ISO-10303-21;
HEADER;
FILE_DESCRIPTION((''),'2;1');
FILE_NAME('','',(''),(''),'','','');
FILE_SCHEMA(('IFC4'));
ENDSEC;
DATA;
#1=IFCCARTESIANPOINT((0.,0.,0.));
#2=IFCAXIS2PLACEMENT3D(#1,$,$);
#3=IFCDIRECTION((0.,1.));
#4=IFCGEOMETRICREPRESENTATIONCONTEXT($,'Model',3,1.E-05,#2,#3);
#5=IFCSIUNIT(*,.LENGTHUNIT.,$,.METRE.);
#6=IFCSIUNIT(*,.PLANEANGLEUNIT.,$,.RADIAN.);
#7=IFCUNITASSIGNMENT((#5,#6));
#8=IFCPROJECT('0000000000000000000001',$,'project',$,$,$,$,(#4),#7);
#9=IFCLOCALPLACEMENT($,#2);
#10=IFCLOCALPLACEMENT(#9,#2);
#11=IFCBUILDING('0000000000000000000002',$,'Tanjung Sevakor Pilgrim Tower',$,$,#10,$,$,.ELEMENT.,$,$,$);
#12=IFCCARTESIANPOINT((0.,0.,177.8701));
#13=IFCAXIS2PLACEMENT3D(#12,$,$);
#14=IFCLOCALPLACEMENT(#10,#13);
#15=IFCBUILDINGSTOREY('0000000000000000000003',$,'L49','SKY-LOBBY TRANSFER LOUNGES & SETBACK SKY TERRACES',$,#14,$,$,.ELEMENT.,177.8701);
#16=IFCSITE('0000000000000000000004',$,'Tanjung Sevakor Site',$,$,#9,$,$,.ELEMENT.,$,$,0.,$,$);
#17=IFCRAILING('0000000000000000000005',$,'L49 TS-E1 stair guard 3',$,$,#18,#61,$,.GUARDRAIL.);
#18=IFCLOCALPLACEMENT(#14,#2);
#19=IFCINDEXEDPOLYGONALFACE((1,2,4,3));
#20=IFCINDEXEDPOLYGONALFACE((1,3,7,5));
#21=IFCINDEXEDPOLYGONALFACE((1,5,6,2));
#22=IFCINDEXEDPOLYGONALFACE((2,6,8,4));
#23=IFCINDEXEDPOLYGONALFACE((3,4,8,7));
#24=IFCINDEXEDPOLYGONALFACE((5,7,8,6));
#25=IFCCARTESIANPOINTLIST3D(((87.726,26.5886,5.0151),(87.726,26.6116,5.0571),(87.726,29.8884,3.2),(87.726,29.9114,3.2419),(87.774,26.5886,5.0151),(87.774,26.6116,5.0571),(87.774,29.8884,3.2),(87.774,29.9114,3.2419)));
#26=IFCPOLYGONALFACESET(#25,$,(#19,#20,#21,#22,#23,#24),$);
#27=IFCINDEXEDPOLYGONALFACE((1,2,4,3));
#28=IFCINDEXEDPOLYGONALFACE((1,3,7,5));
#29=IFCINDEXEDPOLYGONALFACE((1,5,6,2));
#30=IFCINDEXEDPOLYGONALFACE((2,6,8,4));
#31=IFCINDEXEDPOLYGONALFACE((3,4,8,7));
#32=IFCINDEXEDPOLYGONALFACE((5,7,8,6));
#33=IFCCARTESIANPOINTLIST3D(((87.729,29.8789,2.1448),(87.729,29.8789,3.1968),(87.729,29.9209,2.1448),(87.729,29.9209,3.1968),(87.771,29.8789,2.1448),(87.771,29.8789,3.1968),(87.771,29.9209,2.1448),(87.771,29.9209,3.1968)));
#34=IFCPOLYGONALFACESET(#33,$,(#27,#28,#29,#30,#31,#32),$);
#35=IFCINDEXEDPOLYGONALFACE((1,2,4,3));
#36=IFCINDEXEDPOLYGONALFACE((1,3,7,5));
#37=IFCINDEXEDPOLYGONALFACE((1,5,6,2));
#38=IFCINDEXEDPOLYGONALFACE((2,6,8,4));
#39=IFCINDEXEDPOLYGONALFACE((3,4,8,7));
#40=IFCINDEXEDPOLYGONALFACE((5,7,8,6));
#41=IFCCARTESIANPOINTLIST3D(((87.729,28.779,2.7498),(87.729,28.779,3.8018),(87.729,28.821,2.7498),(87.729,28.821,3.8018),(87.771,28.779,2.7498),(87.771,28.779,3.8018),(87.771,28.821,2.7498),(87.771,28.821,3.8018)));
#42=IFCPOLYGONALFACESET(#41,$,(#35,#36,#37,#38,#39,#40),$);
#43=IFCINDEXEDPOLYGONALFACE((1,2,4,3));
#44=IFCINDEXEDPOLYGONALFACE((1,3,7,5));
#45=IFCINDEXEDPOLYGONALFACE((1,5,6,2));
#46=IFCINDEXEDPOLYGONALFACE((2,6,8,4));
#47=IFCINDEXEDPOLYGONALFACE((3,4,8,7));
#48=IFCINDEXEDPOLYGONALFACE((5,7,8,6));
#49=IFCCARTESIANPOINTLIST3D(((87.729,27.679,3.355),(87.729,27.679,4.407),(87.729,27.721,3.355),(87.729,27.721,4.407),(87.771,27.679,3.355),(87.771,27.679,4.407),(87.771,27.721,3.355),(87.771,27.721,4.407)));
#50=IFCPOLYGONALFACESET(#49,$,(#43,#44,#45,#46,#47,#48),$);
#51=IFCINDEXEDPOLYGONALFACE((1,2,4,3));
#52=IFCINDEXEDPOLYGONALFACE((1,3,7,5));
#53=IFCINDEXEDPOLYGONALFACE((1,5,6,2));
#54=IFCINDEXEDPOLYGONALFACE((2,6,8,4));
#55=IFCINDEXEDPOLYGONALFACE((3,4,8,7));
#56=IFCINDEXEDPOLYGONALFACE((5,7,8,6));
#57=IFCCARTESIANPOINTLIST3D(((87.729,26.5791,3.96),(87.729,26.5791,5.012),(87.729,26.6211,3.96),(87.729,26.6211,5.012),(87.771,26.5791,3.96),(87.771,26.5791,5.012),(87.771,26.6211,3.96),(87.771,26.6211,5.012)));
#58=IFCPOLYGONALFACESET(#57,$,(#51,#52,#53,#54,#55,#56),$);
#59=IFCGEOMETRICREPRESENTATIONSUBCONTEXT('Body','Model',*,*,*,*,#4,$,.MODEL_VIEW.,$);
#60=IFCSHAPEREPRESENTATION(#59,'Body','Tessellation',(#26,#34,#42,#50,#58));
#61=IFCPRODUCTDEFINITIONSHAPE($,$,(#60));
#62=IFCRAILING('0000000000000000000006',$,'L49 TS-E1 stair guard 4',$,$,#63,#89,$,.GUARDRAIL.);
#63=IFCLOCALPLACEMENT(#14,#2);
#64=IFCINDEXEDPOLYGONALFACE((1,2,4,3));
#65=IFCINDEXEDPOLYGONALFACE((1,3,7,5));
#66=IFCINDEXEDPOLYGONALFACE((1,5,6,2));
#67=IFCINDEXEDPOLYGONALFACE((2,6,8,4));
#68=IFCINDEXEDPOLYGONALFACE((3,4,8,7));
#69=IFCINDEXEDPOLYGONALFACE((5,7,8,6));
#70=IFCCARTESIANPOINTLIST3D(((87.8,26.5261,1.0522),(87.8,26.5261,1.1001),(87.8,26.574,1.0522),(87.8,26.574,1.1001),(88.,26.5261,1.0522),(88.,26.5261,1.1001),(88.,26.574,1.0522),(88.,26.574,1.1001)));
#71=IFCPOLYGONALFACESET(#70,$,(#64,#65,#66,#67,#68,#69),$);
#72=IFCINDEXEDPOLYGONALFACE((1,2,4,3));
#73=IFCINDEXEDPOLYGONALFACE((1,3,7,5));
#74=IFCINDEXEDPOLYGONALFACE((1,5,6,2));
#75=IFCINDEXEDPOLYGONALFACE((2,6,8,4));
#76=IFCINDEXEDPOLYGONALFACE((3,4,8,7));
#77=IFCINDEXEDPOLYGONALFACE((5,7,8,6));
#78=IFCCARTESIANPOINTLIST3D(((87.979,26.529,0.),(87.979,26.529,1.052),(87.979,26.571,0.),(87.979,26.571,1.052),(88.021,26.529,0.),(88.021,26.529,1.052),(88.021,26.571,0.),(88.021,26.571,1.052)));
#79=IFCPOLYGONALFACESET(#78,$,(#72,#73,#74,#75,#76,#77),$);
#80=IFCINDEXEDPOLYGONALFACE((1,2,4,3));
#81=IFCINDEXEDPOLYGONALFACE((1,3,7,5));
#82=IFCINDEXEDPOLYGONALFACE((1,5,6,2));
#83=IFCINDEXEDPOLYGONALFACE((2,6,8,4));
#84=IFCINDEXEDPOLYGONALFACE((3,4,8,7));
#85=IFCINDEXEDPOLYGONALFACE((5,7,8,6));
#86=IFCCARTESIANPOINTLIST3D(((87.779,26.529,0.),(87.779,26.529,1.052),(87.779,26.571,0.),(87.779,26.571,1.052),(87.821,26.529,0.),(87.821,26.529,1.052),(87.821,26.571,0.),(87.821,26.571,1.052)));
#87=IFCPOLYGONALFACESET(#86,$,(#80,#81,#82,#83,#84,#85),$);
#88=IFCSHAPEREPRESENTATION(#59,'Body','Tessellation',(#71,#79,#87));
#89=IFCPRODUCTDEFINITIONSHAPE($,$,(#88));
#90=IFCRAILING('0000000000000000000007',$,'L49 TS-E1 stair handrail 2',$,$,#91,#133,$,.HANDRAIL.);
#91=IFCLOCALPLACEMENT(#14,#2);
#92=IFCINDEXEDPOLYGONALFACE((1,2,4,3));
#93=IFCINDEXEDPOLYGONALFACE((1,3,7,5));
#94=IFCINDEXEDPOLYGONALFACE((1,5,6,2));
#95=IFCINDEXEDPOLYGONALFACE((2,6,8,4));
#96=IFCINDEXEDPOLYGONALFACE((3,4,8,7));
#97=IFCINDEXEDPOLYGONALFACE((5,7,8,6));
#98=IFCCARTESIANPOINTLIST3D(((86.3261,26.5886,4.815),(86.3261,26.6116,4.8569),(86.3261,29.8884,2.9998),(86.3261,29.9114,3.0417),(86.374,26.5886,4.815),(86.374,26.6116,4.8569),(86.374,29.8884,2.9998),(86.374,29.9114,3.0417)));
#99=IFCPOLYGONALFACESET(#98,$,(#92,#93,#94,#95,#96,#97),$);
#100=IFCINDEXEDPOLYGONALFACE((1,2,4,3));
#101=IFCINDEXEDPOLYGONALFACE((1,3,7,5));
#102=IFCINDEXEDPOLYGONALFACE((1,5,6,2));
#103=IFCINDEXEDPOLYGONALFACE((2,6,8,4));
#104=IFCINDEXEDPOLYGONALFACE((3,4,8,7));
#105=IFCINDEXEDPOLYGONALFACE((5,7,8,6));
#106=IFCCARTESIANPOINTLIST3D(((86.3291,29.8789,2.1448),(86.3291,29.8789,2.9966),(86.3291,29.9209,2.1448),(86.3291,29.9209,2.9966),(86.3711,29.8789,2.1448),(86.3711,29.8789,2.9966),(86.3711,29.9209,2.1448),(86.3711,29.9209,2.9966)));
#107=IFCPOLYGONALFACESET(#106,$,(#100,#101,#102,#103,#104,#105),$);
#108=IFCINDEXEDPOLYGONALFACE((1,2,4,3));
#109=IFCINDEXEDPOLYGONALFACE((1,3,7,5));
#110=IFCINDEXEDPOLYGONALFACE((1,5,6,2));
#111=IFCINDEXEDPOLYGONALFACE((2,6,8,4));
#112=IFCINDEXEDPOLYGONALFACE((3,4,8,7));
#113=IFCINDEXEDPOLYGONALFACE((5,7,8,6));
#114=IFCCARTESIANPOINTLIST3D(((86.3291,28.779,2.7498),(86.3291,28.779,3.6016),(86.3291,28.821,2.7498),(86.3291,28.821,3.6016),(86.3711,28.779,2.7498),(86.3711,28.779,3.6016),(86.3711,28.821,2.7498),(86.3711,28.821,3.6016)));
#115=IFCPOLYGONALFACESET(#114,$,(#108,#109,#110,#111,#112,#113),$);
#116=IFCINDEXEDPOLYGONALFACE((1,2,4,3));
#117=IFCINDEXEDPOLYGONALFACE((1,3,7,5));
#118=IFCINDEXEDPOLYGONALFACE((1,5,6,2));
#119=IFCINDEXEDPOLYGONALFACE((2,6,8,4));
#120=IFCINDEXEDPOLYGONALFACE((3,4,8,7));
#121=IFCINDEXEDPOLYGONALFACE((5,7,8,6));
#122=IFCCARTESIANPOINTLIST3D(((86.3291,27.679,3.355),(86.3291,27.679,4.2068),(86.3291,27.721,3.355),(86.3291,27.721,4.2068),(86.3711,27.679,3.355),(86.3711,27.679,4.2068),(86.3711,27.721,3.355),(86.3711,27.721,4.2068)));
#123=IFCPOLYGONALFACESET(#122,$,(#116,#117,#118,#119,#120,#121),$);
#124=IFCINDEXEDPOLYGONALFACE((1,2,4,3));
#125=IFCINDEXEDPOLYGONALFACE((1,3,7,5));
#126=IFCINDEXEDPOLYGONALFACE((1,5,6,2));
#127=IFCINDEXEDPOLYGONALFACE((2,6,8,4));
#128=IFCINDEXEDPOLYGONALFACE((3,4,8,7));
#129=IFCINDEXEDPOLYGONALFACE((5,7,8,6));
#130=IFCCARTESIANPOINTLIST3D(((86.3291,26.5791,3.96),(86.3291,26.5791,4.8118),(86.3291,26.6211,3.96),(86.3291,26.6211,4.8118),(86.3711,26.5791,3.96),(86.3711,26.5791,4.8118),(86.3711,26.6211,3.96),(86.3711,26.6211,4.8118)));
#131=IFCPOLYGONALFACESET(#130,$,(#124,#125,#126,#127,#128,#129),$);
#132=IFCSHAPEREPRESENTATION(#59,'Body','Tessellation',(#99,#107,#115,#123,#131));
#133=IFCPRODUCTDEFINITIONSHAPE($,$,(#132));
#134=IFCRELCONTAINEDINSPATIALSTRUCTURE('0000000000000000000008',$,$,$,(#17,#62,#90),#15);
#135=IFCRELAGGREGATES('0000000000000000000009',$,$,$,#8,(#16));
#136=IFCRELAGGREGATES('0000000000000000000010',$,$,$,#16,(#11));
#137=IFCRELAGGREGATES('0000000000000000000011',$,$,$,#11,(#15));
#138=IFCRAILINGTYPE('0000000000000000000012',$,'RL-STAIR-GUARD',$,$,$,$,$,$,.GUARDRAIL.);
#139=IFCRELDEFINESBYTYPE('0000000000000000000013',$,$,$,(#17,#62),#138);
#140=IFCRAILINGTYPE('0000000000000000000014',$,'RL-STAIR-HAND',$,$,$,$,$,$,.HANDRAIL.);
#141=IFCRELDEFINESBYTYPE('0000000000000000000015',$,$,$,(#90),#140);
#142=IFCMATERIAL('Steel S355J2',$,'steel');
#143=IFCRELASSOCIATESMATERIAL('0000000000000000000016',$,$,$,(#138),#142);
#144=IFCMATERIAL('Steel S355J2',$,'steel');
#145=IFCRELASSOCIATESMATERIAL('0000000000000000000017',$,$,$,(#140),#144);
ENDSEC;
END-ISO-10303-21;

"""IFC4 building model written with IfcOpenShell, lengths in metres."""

from ifc_helpers import new_model, si_unit, direction, frame, origin, place, context, subcontext, project, spatial, rectangle, extrude, material, type_object, element, save


model = new_model("IFC4")

# Units and contexts
model_context = context("Model", 3, precision=1e-05, world=origin(), true_north=direction((0.0, 1.0)))
body_context = subcontext(model_context, "Body", "Model", "MODEL_VIEW")
ifc_project = project(units=[si_unit("LENGTHUNIT", "METRE"), si_unit("PLANEANGLEUNIT", "RADIAN")], contexts=[model_context])

# Site, building, storey
site_placement = place(None, origin())
site = spatial("IfcSite", under=ifc_project, at=site_placement, Name="Tanjung Sevakor Site", CompositionType="ELEMENT", RefElevation=0.0)
building_placement = place(site_placement, origin())
building = spatial("IfcBuilding", under=site, at=building_placement, Name="Tanjung Sevakor Pilgrim Tower", CompositionType="ELEMENT")
storey_placement = place(building_placement, frame((0.0, 0.0, 177.8701)))
storey = spatial("IfcBuildingStorey", under=building, at=storey_placement, Name="L49", Description="SKY-LOBBY TRANSFER LOUNGES & SETBACK SKY TERRACES", CompositionType="ELEMENT", Elevation=177.8701)

# Railings
ifc_material_1 = material(Name="Steel S355J2", Category="steel")
railing_type_1 = type_object("IfcRailingType", Name="RL-STAIR-GUARD", PredefinedType="GUARDRAIL", material=ifc_material_1)
railing_1_placement = place(storey_placement, frame((87.75, 29.8999, 2.1448)))
element("IfcRailing", 1, at=railing_1_placement, inside=storey, type_object=railing_type_1, Name="L49 TS-E1 stair guard 3", PredefinedType="GUARDRAIL", context=body_context, shape_type="SweptSolid", body=[
    extrude(rectangle(XDim=0.0479, YDim=0.0479), frame((0.0, 0.0, 1.0762), z_axis=(0.0, -0.876183, 0.481978), x_axis=(1.0, 0.0, 0.0)), (0.0, 0.0, 1.0), 3.7661),
    extrude(rectangle(XDim=0.042, YDim=0.042), origin(), (0.0, 0.0, 1.0), 1.052),
    extrude(rectangle(XDim=0.042, YDim=0.042), frame((0.0, -1.0999, 0.605)), (0.0, 0.0, 1.0), 1.052),
    extrude(rectangle(XDim=0.042, YDim=0.042), frame((0.0, -2.2, 1.2102)), (0.0, 0.0, 1.0), 1.052),
    extrude(rectangle(XDim=0.042, YDim=0.042), frame((0.0, -3.2998, 1.8152)), (0.0, 0.0, 1.0), 1.052),
])
railing_2_placement = place(storey_placement, frame((88.0, 26.55, 0.0)))
element("IfcRailing", 2, at=railing_2_placement, inside=storey, type_object=railing_type_1, Name="L49 TS-E1 stair guard 4", PredefinedType="GUARDRAIL", context=body_context, shape_type="SweptSolid", body=[
    extrude(rectangle(XDim=0.0479, YDim=0.0479), frame((0.0, 0.0, 1.0762), z_axis=(-1.0, 0.0, 0.0), x_axis=(0.0, -1.0, 0.0)), (0.0, 0.0, 1.0), 0.2),
    extrude(rectangle(XDim=0.042, YDim=0.042), origin(), (0.0, 0.0, 1.0), 1.052),
    extrude(rectangle(XDim=0.042, YDim=0.042), frame((-0.2, 0.0, 0.0)), (0.0, 0.0, 1.0), 1.052),
])
ifc_material_2 = material(Name="Steel S355J2", Category="steel")
railing_type_2 = type_object("IfcRailingType", Name="RL-STAIR-HAND", PredefinedType="HANDRAIL", material=ifc_material_2)
railing_3_placement = place(storey_placement, frame((86.3501, 29.8999, 2.1448)))
element("IfcRailing", 3, at=railing_3_placement, inside=storey, type_object=railing_type_2, Name="L49 TS-E1 stair handrail 2", PredefinedType="HANDRAIL", context=body_context, shape_type="SweptSolid", body=[
    extrude(rectangle(XDim=0.0479, YDim=0.0479), frame((0.0, 0.0, 0.876), z_axis=(0.0, -0.876183, 0.481978), x_axis=(1.0, 0.0, 0.0)), (0.0, 0.0, 1.0), 3.7661),
    extrude(rectangle(XDim=0.042, YDim=0.042), origin(), (0.0, 0.0, 1.0), 0.8518),
    extrude(rectangle(XDim=0.042, YDim=0.042), frame((0.0, -1.0999, 0.605)), (0.0, 0.0, 1.0), 0.8518),
    extrude(rectangle(XDim=0.042, YDim=0.042), frame((0.0, -2.2, 1.2102)), (0.0, 0.0, 1.0), 0.8518),
    extrude(rectangle(XDim=0.042, YDim=0.042), frame((0.0, -3.2998, 1.8152)), (0.0, 0.0, 1.0), 0.8518),
])

save(model, "model.ifc")
